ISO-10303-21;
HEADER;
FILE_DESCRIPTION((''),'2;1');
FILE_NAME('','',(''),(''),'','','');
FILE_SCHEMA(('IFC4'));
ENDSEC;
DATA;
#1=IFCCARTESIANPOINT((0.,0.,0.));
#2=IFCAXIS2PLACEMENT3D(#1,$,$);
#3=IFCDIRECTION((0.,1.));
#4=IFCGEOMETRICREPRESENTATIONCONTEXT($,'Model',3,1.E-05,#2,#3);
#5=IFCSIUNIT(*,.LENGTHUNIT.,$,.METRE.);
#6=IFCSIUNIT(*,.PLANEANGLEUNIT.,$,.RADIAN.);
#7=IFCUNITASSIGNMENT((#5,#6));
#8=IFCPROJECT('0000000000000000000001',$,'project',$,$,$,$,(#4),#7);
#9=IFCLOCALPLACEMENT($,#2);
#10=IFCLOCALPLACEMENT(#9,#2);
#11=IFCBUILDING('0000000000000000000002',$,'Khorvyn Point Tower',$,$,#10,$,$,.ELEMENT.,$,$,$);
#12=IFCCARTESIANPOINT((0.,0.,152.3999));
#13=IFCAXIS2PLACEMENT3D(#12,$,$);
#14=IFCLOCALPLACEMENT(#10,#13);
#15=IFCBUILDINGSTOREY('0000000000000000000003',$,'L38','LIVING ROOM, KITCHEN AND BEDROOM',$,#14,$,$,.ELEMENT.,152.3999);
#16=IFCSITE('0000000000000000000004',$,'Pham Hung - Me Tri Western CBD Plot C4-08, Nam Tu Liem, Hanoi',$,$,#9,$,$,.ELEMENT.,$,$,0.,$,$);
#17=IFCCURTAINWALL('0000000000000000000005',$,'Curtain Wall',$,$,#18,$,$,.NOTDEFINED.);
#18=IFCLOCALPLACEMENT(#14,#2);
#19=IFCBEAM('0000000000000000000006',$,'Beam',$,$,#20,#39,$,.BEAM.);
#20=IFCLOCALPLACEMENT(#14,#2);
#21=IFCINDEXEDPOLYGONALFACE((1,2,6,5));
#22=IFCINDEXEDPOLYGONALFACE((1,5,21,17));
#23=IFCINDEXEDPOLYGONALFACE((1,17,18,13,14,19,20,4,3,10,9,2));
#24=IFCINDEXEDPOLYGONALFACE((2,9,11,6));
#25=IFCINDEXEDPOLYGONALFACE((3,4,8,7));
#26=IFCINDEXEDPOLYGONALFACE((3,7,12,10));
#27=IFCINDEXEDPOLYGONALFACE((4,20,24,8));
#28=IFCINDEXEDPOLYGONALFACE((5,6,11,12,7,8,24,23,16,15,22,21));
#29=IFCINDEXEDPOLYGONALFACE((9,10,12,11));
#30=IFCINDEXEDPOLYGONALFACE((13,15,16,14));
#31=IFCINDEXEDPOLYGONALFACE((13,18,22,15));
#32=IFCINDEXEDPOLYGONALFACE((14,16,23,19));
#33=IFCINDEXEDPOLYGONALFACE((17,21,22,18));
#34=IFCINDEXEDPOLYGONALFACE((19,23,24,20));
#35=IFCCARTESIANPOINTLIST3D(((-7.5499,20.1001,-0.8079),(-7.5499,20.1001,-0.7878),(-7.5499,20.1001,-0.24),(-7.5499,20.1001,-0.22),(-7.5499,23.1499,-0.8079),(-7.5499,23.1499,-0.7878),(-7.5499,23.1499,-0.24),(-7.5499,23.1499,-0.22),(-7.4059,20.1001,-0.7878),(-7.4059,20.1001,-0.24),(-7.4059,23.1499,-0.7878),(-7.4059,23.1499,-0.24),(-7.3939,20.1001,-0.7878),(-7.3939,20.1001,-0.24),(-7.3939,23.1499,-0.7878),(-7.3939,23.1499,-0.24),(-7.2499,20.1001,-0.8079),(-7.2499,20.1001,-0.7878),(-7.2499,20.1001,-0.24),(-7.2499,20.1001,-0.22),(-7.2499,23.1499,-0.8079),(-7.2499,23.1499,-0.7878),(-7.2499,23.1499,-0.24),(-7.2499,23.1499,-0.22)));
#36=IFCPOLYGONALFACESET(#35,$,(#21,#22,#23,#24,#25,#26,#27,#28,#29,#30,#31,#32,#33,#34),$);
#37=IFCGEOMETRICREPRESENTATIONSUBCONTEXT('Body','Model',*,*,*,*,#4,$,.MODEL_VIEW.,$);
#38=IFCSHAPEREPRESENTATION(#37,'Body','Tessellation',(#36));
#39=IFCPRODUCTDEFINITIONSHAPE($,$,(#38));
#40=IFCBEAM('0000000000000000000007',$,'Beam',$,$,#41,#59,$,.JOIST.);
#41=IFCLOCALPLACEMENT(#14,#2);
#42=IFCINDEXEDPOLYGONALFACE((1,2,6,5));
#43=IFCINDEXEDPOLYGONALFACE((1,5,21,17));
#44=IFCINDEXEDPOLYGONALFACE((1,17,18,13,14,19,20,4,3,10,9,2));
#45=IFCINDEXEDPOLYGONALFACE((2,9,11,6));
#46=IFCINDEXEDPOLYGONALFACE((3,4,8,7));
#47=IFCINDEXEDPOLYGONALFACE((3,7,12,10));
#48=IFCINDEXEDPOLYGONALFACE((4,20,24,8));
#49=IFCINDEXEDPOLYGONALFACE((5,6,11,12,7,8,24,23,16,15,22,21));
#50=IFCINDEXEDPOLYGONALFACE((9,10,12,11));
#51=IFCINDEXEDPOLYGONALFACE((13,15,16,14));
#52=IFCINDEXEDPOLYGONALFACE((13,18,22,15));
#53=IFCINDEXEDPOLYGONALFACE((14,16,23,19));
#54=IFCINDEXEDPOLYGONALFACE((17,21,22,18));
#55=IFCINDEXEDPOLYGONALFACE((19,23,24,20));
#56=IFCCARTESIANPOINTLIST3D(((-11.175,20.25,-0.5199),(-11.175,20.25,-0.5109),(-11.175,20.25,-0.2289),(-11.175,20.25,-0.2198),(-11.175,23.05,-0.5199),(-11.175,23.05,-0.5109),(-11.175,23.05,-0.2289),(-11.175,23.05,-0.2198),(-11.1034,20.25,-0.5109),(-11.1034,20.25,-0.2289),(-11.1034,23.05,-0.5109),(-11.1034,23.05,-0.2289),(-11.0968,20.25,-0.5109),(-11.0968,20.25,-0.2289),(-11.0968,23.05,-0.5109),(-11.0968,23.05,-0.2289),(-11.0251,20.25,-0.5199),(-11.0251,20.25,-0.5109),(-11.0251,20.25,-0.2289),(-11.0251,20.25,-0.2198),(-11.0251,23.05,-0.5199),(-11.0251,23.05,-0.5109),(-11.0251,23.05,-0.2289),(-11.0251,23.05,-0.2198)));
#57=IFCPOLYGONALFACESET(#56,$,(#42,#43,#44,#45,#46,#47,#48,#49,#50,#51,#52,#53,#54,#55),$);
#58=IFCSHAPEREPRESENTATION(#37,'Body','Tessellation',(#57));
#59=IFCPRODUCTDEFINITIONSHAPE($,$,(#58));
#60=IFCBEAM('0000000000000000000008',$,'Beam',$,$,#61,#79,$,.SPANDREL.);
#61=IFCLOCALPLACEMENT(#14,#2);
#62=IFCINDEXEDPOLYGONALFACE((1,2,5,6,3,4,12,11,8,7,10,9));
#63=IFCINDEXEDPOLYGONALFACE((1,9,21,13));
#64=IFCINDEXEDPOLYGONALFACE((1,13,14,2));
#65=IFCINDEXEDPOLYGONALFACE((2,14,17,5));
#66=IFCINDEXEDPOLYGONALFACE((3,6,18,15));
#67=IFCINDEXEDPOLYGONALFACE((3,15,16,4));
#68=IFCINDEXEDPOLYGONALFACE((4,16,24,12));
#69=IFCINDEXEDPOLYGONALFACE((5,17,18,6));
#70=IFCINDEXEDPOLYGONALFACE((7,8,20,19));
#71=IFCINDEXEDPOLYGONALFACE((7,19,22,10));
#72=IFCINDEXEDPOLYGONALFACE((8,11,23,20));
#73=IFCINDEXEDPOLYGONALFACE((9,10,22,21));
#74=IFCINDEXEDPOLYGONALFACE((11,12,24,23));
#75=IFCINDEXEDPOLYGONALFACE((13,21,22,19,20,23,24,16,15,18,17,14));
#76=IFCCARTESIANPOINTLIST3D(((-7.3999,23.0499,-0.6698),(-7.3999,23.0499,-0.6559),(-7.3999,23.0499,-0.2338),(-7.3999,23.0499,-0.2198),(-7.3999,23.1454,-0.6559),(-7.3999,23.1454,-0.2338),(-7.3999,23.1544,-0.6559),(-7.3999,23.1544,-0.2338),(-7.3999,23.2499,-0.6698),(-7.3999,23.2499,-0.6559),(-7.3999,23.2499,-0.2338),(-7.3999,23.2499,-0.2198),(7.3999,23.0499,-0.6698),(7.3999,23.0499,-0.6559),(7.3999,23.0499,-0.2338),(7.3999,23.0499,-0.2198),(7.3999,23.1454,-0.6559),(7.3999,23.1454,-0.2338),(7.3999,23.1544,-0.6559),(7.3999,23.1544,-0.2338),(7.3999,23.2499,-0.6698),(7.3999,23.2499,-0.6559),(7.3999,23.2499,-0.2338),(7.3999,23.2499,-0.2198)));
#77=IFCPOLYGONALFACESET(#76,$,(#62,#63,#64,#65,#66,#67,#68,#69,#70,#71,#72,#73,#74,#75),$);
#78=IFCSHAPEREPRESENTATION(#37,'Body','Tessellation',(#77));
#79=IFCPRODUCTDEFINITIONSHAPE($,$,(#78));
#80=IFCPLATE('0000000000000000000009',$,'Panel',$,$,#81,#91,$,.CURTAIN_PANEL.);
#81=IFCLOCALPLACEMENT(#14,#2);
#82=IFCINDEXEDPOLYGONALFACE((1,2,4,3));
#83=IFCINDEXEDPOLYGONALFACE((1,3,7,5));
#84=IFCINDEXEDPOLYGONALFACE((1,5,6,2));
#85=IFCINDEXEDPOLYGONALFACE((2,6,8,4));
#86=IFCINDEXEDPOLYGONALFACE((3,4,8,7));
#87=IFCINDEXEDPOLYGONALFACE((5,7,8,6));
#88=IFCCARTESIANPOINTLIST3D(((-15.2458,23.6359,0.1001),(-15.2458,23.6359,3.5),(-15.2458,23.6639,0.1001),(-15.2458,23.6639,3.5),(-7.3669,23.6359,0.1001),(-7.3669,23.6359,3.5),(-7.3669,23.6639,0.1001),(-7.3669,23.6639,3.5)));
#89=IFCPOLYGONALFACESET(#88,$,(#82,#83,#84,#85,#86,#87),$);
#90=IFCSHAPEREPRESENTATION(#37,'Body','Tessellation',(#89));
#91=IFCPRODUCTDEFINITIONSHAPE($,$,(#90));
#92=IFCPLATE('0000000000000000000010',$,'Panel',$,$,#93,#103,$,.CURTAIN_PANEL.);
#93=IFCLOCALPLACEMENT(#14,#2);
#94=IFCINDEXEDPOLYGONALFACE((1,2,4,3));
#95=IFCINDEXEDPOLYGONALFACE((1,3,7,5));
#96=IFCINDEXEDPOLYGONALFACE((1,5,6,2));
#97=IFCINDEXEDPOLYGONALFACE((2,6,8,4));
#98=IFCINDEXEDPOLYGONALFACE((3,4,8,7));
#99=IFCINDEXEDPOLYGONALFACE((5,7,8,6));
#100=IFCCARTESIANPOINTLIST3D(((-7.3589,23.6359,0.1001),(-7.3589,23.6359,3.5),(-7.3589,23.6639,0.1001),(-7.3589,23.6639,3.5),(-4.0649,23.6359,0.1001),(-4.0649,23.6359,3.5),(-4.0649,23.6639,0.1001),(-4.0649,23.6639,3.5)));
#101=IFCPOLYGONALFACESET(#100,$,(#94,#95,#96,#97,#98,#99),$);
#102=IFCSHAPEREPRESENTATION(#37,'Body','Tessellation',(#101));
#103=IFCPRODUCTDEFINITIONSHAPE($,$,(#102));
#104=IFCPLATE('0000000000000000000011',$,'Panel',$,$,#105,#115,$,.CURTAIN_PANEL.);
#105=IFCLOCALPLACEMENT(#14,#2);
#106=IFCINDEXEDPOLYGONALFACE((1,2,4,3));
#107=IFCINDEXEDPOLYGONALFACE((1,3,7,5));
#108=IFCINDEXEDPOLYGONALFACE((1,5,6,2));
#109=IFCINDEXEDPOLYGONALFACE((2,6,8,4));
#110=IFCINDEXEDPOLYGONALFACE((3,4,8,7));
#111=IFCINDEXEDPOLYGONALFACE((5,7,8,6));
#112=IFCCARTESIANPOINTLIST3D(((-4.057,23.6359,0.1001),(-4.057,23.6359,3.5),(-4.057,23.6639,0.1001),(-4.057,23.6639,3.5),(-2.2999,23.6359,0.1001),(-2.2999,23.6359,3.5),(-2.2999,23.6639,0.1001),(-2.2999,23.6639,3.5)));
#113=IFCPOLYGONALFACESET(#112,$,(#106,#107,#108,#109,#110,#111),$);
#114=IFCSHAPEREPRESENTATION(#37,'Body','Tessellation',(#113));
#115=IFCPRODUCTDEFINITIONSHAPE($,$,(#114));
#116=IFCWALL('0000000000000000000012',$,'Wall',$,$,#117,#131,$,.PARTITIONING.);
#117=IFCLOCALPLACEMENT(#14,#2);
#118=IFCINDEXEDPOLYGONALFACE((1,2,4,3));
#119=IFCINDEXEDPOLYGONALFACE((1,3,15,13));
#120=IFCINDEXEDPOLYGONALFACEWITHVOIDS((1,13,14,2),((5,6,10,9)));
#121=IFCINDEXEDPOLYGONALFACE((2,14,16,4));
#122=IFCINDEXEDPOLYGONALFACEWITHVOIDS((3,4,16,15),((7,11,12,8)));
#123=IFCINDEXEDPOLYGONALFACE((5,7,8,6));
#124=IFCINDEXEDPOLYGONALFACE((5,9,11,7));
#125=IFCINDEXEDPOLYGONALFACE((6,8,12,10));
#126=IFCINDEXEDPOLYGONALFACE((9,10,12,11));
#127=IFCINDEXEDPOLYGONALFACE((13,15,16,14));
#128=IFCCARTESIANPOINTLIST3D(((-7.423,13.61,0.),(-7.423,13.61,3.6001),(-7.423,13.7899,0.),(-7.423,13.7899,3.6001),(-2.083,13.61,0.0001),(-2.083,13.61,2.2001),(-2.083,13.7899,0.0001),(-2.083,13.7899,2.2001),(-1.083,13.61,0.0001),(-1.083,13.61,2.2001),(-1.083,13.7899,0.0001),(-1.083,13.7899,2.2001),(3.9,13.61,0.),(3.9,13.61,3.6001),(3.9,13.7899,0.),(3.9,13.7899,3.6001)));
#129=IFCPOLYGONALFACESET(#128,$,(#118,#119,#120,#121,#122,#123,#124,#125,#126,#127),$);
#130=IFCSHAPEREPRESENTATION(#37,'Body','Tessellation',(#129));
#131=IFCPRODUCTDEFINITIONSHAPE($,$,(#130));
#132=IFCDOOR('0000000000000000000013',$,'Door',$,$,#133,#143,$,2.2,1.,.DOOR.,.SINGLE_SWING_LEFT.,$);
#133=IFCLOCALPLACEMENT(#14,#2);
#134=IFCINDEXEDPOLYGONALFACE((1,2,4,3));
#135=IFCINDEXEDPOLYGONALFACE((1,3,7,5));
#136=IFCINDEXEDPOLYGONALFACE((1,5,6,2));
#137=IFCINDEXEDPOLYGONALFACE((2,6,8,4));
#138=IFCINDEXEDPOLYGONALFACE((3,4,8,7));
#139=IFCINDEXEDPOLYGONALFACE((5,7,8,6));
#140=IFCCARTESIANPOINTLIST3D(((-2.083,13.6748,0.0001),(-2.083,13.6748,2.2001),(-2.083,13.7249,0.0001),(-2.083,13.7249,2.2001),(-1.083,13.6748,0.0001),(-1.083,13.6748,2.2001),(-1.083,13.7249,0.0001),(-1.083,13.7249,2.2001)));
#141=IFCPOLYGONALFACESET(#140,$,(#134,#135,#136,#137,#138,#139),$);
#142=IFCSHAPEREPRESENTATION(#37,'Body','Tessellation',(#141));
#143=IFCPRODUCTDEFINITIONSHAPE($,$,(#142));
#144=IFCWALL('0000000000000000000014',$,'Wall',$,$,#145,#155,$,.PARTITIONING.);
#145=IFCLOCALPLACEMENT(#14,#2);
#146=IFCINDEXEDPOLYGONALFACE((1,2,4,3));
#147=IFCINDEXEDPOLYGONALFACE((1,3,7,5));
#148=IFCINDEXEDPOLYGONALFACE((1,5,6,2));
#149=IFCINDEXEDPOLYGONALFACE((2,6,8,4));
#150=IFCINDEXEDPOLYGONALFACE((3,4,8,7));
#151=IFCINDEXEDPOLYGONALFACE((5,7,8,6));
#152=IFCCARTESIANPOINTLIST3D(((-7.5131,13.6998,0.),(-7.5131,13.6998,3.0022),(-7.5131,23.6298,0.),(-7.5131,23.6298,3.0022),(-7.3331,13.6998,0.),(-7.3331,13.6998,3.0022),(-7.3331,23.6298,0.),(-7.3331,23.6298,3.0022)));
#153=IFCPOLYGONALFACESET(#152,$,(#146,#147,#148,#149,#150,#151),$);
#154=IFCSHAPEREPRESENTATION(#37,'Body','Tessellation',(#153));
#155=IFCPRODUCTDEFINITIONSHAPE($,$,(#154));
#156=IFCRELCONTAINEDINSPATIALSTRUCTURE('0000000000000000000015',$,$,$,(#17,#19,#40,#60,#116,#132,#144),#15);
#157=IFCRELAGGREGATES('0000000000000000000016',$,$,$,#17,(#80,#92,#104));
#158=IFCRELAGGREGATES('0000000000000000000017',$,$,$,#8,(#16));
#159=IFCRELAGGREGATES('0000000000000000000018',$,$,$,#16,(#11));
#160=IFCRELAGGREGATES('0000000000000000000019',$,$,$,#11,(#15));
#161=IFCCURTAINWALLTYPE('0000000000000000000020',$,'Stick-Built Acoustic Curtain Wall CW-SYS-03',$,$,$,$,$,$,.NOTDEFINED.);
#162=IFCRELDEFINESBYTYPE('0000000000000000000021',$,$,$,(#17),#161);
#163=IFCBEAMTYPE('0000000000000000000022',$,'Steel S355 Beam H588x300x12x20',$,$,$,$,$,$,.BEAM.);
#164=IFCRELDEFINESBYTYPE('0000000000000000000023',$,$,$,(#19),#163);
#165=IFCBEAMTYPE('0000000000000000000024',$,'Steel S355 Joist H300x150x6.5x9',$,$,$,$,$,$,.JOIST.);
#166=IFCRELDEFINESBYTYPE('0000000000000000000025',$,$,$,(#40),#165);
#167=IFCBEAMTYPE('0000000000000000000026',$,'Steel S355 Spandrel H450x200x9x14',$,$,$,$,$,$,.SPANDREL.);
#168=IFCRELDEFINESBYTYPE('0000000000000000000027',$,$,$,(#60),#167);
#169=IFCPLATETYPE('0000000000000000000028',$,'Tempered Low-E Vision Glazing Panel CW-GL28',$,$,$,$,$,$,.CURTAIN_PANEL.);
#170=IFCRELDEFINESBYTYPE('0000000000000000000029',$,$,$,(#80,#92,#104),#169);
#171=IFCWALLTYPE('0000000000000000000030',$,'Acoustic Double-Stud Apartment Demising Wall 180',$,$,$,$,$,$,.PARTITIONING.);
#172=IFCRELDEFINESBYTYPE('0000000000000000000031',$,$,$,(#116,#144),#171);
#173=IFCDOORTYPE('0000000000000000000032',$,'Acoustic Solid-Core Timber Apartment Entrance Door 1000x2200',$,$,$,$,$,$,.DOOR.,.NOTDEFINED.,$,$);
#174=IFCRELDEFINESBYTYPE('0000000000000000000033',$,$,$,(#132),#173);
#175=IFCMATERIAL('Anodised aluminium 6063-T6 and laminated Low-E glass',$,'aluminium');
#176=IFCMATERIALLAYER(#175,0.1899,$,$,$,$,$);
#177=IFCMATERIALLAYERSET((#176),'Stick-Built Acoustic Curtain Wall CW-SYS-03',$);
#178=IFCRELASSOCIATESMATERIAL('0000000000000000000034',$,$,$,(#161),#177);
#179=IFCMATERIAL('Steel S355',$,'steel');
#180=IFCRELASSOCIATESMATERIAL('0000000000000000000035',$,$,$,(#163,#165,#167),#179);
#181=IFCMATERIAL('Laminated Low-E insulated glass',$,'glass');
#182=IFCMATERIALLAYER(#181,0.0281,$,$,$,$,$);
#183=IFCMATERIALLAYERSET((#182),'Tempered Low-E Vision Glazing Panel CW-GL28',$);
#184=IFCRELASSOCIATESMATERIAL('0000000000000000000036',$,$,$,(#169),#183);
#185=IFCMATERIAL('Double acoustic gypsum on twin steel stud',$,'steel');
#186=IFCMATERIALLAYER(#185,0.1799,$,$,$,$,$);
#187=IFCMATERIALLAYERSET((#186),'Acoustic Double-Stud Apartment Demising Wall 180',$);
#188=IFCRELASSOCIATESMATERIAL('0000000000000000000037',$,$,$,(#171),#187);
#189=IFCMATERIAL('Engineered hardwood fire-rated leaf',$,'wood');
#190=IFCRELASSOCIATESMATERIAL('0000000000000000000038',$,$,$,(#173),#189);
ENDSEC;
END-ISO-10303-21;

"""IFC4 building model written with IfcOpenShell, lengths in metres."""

from ifc_helpers import new_model, si_unit, direction, frame, frame_2d, origin, origin_2d, place, context, subcontext, project, spatial, rectangle, i_section, extrude, material, layer, layer_set, material_profile, profile_set, type_object, element, fill, aggregate, save


model = new_model("IFC4")

# Units and contexts
model_context = context("Model", 3, precision=1e-05, world=origin(), true_north=direction((0.0, 1.0)))
body_context = subcontext(model_context, "Body", "Model", "MODEL_VIEW")
ifc_project = project(units=[si_unit("LENGTHUNIT", "METRE"), si_unit("PLANEANGLEUNIT", "RADIAN")], contexts=[model_context])

# Site, building, storey
site_placement = place(None, origin())
site = spatial("IfcSite", under=ifc_project, at=site_placement, Name="Pham Hung - Me Tri Western CBD Plot C4-08, Nam Tu Liem, Hanoi", CompositionType="ELEMENT", RefElevation=0.0)
building_placement = place(site_placement, origin())
building = spatial("IfcBuilding", under=site, at=building_placement, Name="Khorvyn Point Tower", CompositionType="ELEMENT")
storey_placement = place(building_placement, frame((0.0, 0.0, 152.3999)))
storey = spatial("IfcBuildingStorey", under=building, at=storey_placement, Name="L38", Description="LIVING ROOM, KITCHEN AND BEDROOM", CompositionType="ELEMENT", Elevation=152.3999)

# Curtain wall
ifc_material_1 = material(Name="Anodised aluminium 6063-T6 and laminated Low-E glass", Category="aluminium")
ifc_layer_1 = layer(ifc_material_1, 0.1899)
ifc_layer_set_1 = layer_set([ifc_layer_1], Name="Stick-Built Acoustic Curtain Wall CW-SYS-03")
curtain_wall_type = type_object("IfcCurtainWallType", Name="Stick-Built Acoustic Curtain Wall CW-SYS-03", PredefinedType="NOTDEFINED", material=ifc_layer_set_1)
curtain_wall_1_placement = place(storey_placement, origin())
curtain_wall_1 = element("IfcCurtainWall", 1, at=curtain_wall_1_placement, inside=storey, type_object=curtain_wall_type, Name="Curtain Wall", PredefinedType="NOTDEFINED")

# Beams
ifc_material_2 = material(Name="Steel S355", Category="steel")
ifc_material_profile_1 = material_profile(ifc_material_2, i_section(OverallWidth=0.3, OverallDepth=0.5879, WebThickness=0.012, FlangeThickness=0.02, at=origin_2d()))
ifc_profile_set_1 = profile_set([ifc_material_profile_1], Name="Steel S355 H588x300x12x20")
beam_type_1 = type_object("IfcBeamType", Name="Steel S355 Beam H588x300x12x20", PredefinedType="BEAM", material=ifc_profile_set_1)
beam_1_placement = place(storey_placement, frame((-7.3999, 20.1001, -0.5139), z_axis=(0.0, 1.0, 0.0), x_axis=(-1.0, 0.0, 0.0)))
element("IfcBeam", 2, at=beam_1_placement, inside=storey, type_object=beam_type_1, Name="Beam", PredefinedType="BEAM", context=body_context, shape_type="SweptSolid", body=[
    extrude(i_section(OverallWidth=0.3, OverallDepth=0.5879, WebThickness=0.012, FlangeThickness=0.02, at=origin_2d()), origin(), (0.0, 0.0, 1.0), 3.0498),
])
ifc_material_profile_2 = material_profile(ifc_material_2, i_section(OverallWidth=0.1499, OverallDepth=0.3, WebThickness=0.0066, FlangeThickness=0.009, at=origin_2d()))
ifc_profile_set_2 = profile_set([ifc_material_profile_2], Name="Steel S355 H300x150x6.5x9")
beam_type_2 = type_object("IfcBeamType", Name="Steel S355 Joist H300x150x6.5x9", PredefinedType="JOIST", material=ifc_profile_set_2)
beam_2_placement = place(storey_placement, frame((-11.1001, 20.25, -0.3699), z_axis=(0.0, 1.0, 0.0), x_axis=(-1.0, 0.0, 0.0)))
element("IfcBeam", 3, at=beam_2_placement, inside=storey, type_object=beam_type_2, Name="Beam", PredefinedType="JOIST", context=body_context, shape_type="SweptSolid", body=[
    extrude(i_section(OverallWidth=0.1499, OverallDepth=0.3, WebThickness=0.0066, FlangeThickness=0.009, at=origin_2d()), origin(), (0.0, 0.0, 1.0), 2.8),
])
ifc_material_profile_3 = material_profile(ifc_material_2, i_section(OverallWidth=0.2, OverallDepth=0.45, WebThickness=0.009, FlangeThickness=0.0139, at=origin_2d()))
ifc_profile_set_3 = profile_set([ifc_material_profile_3], Name="Steel S355 H450x200x9x14")
beam_type_3 = type_object("IfcBeamType", Name="Steel S355 Spandrel H450x200x9x14", PredefinedType="SPANDREL", material=ifc_profile_set_3)
beam_3_placement = place(storey_placement, frame((-7.3999, 23.1499, -0.4448), z_axis=(1.0, 0.0, 0.0), x_axis=(0.0, 1.0, 0.0)))
element("IfcBeam", 4, at=beam_3_placement, inside=storey, type_object=beam_type_3, Name="Beam", PredefinedType="SPANDREL", context=body_context, shape_type="SweptSolid", body=[
    extrude(i_section(OverallWidth=0.2, OverallDepth=0.45, WebThickness=0.009, FlangeThickness=0.0139, at=origin_2d()), origin(), (0.0, 0.0, 1.0), 14.7998),
])

# Plates
ifc_material_3 = material(Name="Laminated Low-E insulated glass", Category="glass")
ifc_layer_2 = layer(ifc_material_3, 0.0281)
ifc_layer_set_2 = layer_set([ifc_layer_2], Name="Tempered Low-E Vision Glazing Panel CW-GL28")
plate_type = type_object("IfcPlateType", Name="Tempered Low-E Vision Glazing Panel CW-GL28", PredefinedType="CURTAIN_PANEL", material=ifc_layer_set_2)
plate_1_placement = place(storey_placement, frame((-11.3064, 23.6499, 0.1001), z_axis=(0.0, 0.0, 1.0), x_axis=(1.0, 0.0, 0.0)))
plate_1 = element("IfcPlate", 5, at=plate_1_placement, type_object=plate_type, Name="Panel", PredefinedType="CURTAIN_PANEL", context=body_context, shape_type="SweptSolid", body=[
    extrude(rectangle(XDim=7.8789, YDim=0.0281, at=origin_2d()), origin(), (0.0, 0.0, 1.0), 3.3999),
])
plate_2_placement = place(storey_placement, frame((-5.7119, 23.6499, 0.1001), z_axis=(0.0, 0.0, 1.0), x_axis=(1.0, 0.0, 0.0)))
plate_2 = element("IfcPlate", 6, at=plate_2_placement, type_object=plate_type, Name="Panel", PredefinedType="CURTAIN_PANEL", context=body_context, shape_type="SweptSolid", body=[
    extrude(rectangle(XDim=3.2939, YDim=0.0281, at=origin_2d()), origin(), (0.0, 0.0, 1.0), 3.3999),
])
plate_3_placement = place(storey_placement, frame((-3.1785, 23.6499, 0.1001), z_axis=(0.0, 0.0, 1.0), x_axis=(1.0, 0.0, 0.0)))
plate_3 = element("IfcPlate", 7, at=plate_3_placement, type_object=plate_type, Name="Panel", PredefinedType="CURTAIN_PANEL", context=body_context, shape_type="SweptSolid", body=[
    extrude(rectangle(XDim=1.7571, YDim=0.0281, at=origin_2d()), origin(), (0.0, 0.0, 1.0), 3.3999),
])
aggregate(curtain_wall_1, [plate_1, plate_2, plate_3])

# Wall, opening, door
ifc_material_4 = material(Name="Double acoustic gypsum on twin steel stud", Category="steel")
ifc_layer_3 = layer(ifc_material_4, 0.1799)
ifc_layer_set_3 = layer_set([ifc_layer_3], Name="Acoustic Double-Stud Apartment Demising Wall 180")
wall_type_1 = type_object("IfcWallType", Name="Acoustic Double-Stud Apartment Demising Wall 180", PredefinedType="PARTITIONING", material=ifc_layer_set_3)
wall_1_placement = place(storey_placement, frame((-7.4231, 13.7, 0.0), z_axis=(0.0, 0.0, 1.0), x_axis=(1.0, 0.0, 0.0)))
wall_1 = element("IfcWall", 8, at=wall_1_placement, inside=storey, type_object=wall_type_1, Name="Wall", PredefinedType="PARTITIONING", context=body_context, shape_type="SweptSolid", body=[
    extrude(rectangle(XDim=11.323, YDim=0.1799, at=frame_2d((5.6616, 0.0))), origin(), (0.0, 0.0, 1.0), 3.6001),
])
opening_1_placement = place(wall_1_placement, frame((5.3401, 0.0, 0.0)))
opening_1 = element("IfcOpeningElement", 9, at=opening_1_placement, cuts=wall_1, PredefinedType="OPENING", context=body_context, shape_type="SweptSolid", body=[
    extrude(rectangle(XDim=1.0, YDim=2.2, at=frame_2d((0.5, 1.1001))), frame((0.0, 0.0999, 0.0), z_axis=(0.0, -1.0, 0.0), x_axis=(1.0, 0.0, 0.0)), (0.0, 0.0, 1.0), 0.2),
])
ifc_material_5 = material(Name="Engineered hardwood fire-rated leaf", Category="wood")
door_type_1 = type_object("IfcDoorType", Name="Acoustic Solid-Core Timber Apartment Entrance Door 1000x2200", OperationType="NOTDEFINED", PredefinedType="DOOR", material=ifc_material_5)
door_1_placement = place(opening_1_placement, origin())
door_1 = element("IfcDoor", 10, at=door_1_placement, inside=storey, type_object=door_type_1, Name="Door", OperationType="SINGLE_SWING_LEFT", OverallHeight=2.2, OverallWidth=1.0, PredefinedType="DOOR", context=body_context, shape_type="SweptSolid", body=[
    extrude(rectangle(XDim=1.0, YDim=2.2, at=frame_2d((0.5, 1.1001))), frame((0.0, 0.0249, 0.0), z_axis=(0.0, -1.0, 0.0), x_axis=(1.0, 0.0, 0.0)), (0.0, 0.0, 1.0), 0.05),
])
fill(opening_1, door_1)

# Wall
wall_2_placement = place(storey_placement, frame((-7.4231, 13.7, 0.0), z_axis=(0.0, 0.0, 1.0), x_axis=(0.0, 1.0, 0.0)))
element("IfcWall", 11, at=wall_2_placement, inside=storey, type_object=wall_type_1, Name="Wall", PredefinedType="PARTITIONING", context=body_context, shape_type="SweptSolid", body=[
    extrude(rectangle(XDim=9.9299, YDim=0.1799, at=frame_2d((4.9648, 0.0))), origin(), (0.0, 0.0, 1.0), 3.0022),
])

save(model, "model.ifc")
